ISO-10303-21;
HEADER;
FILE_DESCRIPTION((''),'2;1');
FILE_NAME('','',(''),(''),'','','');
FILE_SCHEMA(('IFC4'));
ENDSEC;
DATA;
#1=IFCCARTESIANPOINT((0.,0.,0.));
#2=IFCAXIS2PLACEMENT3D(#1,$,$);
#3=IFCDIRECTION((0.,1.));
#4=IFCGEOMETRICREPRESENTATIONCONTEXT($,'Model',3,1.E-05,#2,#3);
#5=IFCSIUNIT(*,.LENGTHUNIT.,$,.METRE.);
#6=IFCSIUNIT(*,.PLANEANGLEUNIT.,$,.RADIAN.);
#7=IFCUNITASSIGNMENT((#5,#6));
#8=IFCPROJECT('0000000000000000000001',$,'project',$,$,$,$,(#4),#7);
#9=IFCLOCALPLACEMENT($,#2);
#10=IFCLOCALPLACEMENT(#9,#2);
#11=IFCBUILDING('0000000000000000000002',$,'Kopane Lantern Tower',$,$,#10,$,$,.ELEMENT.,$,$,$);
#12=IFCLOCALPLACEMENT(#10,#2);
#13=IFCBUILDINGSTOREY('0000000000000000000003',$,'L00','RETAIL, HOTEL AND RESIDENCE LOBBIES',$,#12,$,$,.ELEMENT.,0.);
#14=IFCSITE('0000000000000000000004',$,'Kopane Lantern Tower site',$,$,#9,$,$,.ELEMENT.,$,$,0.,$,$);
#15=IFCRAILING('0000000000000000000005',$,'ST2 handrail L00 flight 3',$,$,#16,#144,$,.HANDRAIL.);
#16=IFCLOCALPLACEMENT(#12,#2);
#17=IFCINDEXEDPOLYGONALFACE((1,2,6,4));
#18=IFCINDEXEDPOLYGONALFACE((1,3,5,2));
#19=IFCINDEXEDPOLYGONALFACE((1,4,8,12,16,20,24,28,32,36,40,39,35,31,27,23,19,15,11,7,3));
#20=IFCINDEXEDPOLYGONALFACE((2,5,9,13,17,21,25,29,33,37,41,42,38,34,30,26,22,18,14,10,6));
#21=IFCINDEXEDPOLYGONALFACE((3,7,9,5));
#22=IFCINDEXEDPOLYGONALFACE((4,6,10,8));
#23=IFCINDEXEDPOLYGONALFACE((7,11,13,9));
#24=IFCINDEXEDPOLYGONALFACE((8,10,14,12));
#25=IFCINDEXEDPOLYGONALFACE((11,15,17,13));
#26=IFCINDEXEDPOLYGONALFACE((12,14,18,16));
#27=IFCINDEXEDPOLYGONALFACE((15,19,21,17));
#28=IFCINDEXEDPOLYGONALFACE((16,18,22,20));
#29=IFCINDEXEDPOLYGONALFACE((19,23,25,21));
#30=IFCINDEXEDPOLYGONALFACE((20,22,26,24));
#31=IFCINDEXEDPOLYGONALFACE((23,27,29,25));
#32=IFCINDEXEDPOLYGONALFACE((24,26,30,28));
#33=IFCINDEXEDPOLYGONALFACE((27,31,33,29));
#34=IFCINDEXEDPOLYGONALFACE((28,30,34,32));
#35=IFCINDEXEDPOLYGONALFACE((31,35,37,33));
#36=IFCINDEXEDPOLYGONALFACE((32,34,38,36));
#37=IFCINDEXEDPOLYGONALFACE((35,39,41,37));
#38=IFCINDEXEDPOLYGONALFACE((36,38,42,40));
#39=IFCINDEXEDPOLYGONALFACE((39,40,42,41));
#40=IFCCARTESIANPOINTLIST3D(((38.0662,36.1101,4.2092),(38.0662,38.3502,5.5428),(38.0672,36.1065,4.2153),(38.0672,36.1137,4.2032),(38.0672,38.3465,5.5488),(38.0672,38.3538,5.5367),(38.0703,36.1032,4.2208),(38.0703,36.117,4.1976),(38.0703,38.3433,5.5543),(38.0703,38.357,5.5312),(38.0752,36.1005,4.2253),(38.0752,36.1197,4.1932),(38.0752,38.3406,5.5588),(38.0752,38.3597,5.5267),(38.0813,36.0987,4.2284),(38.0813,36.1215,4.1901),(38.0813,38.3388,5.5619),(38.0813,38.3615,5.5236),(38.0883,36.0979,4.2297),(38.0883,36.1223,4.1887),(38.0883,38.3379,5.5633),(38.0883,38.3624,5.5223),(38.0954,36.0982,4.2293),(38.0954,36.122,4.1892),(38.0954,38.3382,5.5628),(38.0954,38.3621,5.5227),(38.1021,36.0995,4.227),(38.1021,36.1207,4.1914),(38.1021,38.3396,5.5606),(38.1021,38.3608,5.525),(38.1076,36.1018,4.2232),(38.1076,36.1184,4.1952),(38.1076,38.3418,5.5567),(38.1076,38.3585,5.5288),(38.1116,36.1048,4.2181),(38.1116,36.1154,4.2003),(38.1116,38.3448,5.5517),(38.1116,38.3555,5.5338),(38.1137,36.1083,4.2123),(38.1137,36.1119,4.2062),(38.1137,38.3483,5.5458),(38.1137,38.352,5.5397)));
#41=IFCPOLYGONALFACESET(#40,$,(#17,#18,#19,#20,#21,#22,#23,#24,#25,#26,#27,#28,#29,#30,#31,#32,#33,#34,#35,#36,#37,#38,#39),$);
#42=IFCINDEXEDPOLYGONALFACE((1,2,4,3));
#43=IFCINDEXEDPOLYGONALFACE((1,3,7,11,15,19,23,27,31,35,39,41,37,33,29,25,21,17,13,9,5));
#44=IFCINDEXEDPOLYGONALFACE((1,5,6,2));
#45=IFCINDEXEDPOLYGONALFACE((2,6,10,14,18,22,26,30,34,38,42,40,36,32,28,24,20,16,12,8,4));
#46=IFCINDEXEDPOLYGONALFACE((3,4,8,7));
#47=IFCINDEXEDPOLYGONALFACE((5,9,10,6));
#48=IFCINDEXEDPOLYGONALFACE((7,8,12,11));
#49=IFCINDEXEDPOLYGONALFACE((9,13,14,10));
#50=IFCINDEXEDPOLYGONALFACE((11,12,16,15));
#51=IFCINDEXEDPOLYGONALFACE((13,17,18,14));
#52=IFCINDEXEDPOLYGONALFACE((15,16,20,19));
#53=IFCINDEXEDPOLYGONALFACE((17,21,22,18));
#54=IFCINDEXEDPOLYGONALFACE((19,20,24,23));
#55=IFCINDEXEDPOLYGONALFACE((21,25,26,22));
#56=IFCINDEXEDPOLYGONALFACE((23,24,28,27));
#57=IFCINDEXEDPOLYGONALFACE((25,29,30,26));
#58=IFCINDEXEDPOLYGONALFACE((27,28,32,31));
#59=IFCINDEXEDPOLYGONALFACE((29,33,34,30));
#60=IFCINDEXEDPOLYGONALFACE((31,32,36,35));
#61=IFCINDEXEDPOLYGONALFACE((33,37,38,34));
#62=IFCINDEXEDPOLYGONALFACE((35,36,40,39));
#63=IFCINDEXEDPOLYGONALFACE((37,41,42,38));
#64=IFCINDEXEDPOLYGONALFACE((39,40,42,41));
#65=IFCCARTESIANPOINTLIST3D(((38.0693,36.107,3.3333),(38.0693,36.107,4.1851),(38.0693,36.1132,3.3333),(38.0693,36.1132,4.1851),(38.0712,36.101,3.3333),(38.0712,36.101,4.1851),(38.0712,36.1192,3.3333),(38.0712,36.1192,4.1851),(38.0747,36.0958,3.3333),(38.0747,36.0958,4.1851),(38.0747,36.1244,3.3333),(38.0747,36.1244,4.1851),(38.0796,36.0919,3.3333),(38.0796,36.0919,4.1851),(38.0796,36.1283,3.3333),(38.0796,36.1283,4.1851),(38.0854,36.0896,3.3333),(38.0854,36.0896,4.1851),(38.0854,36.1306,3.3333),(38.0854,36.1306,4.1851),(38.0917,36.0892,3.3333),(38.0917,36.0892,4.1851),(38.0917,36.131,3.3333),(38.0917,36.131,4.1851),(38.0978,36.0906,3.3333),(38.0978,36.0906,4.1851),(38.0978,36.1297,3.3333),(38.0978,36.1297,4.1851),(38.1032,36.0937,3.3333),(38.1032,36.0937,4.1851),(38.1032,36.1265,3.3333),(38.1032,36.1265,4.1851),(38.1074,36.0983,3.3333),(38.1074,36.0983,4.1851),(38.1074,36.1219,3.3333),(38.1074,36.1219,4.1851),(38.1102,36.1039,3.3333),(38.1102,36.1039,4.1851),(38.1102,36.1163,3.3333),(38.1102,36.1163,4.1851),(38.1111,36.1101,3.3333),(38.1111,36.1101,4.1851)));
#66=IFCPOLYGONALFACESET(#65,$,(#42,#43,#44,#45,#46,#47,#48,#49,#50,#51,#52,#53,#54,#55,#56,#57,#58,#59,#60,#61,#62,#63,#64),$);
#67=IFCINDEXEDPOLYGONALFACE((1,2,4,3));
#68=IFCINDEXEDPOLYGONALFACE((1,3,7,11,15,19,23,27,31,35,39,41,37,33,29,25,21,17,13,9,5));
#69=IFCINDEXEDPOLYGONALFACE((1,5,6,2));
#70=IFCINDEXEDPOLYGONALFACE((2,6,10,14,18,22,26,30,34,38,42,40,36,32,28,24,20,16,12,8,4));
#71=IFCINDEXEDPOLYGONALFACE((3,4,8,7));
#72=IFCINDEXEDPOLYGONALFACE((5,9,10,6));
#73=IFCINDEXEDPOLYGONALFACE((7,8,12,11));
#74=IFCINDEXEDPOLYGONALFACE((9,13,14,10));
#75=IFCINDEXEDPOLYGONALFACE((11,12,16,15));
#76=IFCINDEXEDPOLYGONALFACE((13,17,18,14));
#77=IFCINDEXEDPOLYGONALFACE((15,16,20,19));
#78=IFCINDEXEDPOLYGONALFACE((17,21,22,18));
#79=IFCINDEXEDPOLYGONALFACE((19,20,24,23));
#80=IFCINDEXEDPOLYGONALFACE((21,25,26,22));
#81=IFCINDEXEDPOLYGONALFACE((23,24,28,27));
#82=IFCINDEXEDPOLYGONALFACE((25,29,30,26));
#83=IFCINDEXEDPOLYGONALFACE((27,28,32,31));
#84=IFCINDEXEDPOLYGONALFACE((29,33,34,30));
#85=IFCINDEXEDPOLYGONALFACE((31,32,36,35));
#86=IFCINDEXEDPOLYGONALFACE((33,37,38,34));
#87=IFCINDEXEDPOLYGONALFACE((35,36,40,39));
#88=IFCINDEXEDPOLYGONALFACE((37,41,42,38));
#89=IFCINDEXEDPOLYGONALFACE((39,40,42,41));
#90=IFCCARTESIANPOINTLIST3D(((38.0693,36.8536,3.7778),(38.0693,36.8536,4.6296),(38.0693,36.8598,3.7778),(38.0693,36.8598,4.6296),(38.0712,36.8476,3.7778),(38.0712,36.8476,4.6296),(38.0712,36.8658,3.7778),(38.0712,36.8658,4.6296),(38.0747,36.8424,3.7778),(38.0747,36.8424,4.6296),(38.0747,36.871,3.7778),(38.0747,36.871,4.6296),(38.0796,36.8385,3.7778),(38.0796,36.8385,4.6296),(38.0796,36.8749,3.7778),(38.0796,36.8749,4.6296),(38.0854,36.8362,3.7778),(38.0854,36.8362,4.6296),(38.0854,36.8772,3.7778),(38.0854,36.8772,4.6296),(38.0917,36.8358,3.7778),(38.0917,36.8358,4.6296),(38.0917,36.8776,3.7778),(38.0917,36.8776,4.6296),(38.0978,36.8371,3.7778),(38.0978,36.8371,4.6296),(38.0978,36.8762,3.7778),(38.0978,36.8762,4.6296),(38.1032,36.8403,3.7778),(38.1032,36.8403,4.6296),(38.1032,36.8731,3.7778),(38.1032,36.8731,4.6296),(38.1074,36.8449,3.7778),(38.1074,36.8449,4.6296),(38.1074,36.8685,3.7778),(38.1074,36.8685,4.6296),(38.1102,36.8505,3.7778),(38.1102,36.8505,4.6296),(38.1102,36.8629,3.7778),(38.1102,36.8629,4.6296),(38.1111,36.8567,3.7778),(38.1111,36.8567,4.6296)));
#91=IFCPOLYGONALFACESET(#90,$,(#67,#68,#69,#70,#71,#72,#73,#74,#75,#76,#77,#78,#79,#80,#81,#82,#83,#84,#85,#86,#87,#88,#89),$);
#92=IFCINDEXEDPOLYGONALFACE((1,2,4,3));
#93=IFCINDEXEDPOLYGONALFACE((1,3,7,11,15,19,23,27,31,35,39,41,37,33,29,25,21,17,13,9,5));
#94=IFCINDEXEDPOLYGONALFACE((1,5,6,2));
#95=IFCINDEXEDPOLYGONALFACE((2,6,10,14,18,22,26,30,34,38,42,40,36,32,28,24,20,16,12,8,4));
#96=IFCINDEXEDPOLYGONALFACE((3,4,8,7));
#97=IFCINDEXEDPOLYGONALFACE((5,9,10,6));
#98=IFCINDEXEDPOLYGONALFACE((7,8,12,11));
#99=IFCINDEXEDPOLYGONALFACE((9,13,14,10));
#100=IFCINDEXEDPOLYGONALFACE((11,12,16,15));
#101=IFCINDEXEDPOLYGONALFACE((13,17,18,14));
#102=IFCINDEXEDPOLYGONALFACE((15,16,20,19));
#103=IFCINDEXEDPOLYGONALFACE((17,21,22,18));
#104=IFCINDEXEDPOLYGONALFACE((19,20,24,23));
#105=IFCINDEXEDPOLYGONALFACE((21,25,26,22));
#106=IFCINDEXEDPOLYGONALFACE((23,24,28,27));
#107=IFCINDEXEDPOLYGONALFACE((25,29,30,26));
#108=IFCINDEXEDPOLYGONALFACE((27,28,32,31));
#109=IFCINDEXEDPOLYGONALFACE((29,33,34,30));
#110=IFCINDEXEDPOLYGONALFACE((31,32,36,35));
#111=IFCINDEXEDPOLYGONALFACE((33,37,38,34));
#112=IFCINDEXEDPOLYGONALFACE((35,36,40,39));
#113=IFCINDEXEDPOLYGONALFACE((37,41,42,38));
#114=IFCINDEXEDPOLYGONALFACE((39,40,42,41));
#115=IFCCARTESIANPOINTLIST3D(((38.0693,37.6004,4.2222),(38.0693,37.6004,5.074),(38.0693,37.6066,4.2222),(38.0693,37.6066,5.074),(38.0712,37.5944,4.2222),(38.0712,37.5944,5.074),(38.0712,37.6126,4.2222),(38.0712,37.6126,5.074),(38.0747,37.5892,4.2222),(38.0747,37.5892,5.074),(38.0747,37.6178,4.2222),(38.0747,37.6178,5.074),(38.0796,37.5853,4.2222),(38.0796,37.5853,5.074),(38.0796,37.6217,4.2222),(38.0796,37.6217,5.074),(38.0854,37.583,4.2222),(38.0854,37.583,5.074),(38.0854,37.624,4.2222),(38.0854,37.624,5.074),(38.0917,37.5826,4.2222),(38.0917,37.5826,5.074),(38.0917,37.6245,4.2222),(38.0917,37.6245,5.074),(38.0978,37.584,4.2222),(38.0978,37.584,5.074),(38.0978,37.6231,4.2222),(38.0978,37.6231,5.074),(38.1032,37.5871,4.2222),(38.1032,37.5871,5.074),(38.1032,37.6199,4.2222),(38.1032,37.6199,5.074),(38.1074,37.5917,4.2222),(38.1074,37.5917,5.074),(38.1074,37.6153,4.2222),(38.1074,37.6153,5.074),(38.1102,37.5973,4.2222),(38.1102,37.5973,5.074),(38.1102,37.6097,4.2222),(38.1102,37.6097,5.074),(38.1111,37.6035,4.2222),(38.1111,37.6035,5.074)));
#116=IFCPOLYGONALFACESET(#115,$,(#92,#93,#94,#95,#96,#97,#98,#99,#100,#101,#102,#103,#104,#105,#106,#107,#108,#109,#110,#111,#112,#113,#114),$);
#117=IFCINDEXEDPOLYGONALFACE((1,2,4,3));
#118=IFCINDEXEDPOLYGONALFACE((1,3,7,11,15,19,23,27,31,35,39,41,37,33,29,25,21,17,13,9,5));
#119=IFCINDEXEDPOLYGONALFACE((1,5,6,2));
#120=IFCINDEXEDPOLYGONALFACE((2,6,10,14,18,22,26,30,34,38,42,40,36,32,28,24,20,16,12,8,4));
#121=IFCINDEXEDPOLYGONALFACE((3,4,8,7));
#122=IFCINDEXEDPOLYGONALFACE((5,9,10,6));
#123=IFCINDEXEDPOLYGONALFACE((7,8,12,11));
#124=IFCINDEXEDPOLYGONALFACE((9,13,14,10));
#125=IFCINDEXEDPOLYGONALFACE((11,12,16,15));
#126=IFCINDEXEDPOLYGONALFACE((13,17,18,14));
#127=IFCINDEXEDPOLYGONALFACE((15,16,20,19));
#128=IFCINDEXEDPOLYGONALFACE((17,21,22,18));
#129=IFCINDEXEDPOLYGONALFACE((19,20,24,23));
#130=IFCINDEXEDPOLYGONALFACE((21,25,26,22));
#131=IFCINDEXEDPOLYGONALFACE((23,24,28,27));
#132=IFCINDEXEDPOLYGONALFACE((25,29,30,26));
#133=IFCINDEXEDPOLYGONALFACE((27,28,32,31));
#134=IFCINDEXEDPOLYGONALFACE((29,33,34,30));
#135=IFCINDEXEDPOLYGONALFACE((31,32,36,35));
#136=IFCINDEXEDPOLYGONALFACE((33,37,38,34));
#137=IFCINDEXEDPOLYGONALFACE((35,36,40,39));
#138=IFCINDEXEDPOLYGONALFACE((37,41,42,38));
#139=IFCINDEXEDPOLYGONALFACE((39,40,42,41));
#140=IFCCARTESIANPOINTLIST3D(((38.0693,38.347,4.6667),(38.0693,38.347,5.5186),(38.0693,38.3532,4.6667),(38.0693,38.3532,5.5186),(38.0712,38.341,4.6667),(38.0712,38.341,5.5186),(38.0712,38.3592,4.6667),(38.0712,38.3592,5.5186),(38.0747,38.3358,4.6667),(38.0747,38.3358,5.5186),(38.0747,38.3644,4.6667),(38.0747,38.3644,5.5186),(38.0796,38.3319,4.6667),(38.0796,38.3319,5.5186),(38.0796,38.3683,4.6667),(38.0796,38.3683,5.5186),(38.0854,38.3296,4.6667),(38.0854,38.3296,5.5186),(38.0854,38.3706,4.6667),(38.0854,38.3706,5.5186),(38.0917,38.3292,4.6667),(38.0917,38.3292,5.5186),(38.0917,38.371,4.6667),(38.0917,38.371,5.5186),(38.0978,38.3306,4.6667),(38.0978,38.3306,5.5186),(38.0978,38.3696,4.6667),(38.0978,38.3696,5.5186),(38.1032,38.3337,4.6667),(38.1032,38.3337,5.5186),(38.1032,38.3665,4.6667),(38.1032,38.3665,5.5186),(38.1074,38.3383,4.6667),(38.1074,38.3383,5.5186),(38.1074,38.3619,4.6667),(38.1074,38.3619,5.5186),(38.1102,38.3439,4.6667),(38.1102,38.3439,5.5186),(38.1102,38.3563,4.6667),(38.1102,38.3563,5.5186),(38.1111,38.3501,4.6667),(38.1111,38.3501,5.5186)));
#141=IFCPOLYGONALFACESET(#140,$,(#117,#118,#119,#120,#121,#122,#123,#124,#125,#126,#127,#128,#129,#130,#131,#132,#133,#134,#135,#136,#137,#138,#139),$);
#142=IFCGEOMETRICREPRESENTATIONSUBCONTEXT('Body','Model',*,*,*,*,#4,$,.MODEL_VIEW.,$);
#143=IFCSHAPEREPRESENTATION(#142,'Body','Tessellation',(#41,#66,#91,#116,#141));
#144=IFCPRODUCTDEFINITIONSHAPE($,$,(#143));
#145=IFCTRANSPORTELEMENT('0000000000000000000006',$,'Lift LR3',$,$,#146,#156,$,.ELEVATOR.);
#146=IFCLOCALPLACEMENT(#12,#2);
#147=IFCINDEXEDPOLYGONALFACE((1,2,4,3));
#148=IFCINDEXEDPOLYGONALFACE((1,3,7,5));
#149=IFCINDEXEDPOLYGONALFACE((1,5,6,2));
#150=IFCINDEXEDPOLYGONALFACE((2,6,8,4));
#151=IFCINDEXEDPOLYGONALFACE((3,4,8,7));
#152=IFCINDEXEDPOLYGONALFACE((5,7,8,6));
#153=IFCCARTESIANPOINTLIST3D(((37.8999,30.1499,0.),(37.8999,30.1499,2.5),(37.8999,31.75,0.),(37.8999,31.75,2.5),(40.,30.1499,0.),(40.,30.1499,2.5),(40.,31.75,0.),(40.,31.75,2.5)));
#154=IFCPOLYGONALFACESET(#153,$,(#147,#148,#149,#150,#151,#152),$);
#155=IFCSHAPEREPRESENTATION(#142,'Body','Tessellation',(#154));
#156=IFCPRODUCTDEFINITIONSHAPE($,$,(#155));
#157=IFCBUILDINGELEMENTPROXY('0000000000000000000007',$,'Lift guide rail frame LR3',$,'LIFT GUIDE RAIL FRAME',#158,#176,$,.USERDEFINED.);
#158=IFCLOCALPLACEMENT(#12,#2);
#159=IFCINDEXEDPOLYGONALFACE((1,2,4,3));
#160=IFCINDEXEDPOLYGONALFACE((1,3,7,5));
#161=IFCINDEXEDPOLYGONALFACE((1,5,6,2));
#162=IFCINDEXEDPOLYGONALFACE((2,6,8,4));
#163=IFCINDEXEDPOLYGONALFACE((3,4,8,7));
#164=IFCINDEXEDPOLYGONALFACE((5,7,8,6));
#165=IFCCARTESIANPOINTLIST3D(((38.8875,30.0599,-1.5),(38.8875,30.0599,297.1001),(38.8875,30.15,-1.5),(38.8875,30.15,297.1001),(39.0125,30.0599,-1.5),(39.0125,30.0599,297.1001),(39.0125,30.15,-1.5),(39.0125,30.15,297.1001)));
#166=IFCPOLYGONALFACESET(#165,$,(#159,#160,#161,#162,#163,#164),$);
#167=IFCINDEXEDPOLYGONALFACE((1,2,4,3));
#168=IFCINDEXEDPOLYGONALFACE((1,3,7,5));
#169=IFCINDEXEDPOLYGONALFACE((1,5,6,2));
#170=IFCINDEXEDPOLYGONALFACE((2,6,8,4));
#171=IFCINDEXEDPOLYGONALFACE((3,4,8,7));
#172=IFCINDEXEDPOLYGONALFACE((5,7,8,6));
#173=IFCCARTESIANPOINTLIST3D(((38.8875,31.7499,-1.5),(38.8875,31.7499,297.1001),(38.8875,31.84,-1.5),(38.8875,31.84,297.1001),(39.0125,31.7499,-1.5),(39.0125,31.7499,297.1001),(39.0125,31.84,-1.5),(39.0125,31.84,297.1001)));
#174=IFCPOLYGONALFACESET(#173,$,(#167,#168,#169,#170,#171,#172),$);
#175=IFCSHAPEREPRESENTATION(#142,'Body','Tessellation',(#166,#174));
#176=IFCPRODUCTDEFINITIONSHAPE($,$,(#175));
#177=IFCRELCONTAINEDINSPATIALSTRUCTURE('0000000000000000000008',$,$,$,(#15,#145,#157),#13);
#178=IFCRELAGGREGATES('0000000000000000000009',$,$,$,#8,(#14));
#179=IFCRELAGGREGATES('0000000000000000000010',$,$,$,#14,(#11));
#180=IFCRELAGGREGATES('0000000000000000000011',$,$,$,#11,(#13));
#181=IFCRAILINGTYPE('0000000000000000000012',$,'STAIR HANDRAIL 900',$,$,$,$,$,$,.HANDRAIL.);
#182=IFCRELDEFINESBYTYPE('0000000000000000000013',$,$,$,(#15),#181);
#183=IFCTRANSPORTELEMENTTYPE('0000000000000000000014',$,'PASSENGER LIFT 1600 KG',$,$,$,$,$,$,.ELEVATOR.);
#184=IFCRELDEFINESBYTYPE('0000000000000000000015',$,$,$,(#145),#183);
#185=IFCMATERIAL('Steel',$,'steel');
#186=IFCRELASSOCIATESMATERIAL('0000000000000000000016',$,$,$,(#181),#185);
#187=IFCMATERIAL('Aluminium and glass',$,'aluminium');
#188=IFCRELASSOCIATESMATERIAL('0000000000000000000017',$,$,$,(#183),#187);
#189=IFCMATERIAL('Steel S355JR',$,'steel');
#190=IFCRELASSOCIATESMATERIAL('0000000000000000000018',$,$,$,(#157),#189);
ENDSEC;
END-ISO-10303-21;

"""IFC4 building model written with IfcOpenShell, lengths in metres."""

from ifc_helpers import new_model, si_unit, direction, frame, origin, origin_2d, place, context, subcontext, project, spatial, rectangle, circle, extrude, material, type_object, element, save


model = new_model("IFC4")

# Units and contexts
model_context = context("Model", 3, precision=1e-05, world=origin(), true_north=direction((0.0, 1.0)))
body_context = subcontext(model_context, "Body", "Model", "MODEL_VIEW")
ifc_project = project(units=[si_unit("LENGTHUNIT", "METRE"), si_unit("PLANEANGLEUNIT", "RADIAN")], contexts=[model_context])

# Site, building, storey
site_placement = place(None, origin())
site = spatial("IfcSite", under=ifc_project, at=site_placement, Name="Kopane Lantern Tower site", CompositionType="ELEMENT", RefElevation=0.0)
building_placement = place(site_placement, origin())
building = spatial("IfcBuilding", under=site, at=building_placement, Name="Kopane Lantern Tower", CompositionType="ELEMENT")
storey_placement = place(building_placement, origin())
storey = spatial("IfcBuildingStorey", under=building, at=storey_placement, Name="L00", Description="RETAIL, HOTEL AND RESIDENCE LOBBIES", CompositionType="ELEMENT", Elevation=0.0)

# Railing
ifc_material_1 = material(Name="Steel", Category="steel")
railing_type_1 = type_object("IfcRailingType", Name="STAIR HANDRAIL 900", PredefinedType="HANDRAIL", material=ifc_material_1)
for number, where, name in (
    (1, (38.0901, 36.1101, 3.3333), "ST2 handrail L00 flight 3"),
):
    element("IfcRailing", number, at=place(storey_placement, frame(where)), inside=storey, type_object=railing_type_1, Name=name, PredefinedType="HANDRAIL", context=body_context, shape_type="SweptSolid", body=[
        extrude(circle(Radius=0.0239, at=origin_2d()), frame((0.0, 0.0, 0.876), z_axis=(0.0, 0.859264, 0.511532), x_axis=(-1.0, 0.0, 0.0)), (0.0, 0.0, 1.0), 2.6069),
        extrude(circle(Radius=0.021, at=origin_2d()), origin(), (0.0, 0.0, 1.0), 0.8518),
        extrude(circle(Radius=0.021, at=origin_2d()), frame((0.0, 0.7466, 0.4446)), (0.0, 0.0, 1.0), 0.8518),
        extrude(circle(Radius=0.021, at=origin_2d()), frame((0.0, 1.4934, 0.8889)), (0.0, 0.0, 1.0), 0.8518),
        extrude(circle(Radius=0.021, at=origin_2d()), frame((0.0, 2.24, 1.3335)), (0.0, 0.0, 1.0), 0.8518),
    ])

# Transport element
ifc_material_2 = material(Name="Aluminium and glass", Category="aluminium")
transport_element_type = type_object("IfcTransportElementType", Name="PASSENGER LIFT 1600 KG", PredefinedType="ELEVATOR", material=ifc_material_2)
transport_element_placement = place(storey_placement, frame((38.95, 30.95, 0.0), z_axis=(0.0, 0.0, 1.0), x_axis=(1.0, 0.0, 0.0)))
element("IfcTransportElement", 2, at=transport_element_placement, inside=storey, type_object=transport_element_type, Name="Lift LR3", PredefinedType="ELEVATOR", context=body_context, shape_type="SweptSolid", body=[
    extrude(rectangle(XDim=2.1001, YDim=1.6001, at=origin_2d()), origin(), (0.0, 0.0, 1.0), 2.5),
])

# Building element proxy
ifc_material_3 = material(Name="Steel S355JR", Category="steel")
proxy_placement = place(storey_placement, frame((38.95, 30.95, -1.5), z_axis=(0.0, 0.0, 1.0), x_axis=(1.0, 0.0, 0.0)))
element("IfcBuildingElementProxy", 3, at=proxy_placement, inside=storey, material=ifc_material_3, Name="Lift guide rail frame LR3", ObjectType="LIFT GUIDE RAIL FRAME", PredefinedType="USERDEFINED", context=body_context, shape_type="SweptSolid", body=[
    extrude(rectangle(XDim=0.125, YDim=0.0901, at=origin_2d()), frame((0.0, -0.845, 0.0)), (0.0, 0.0, 1.0), 298.6001),
    extrude(rectangle(XDim=0.125, YDim=0.0901, at=origin_2d()), frame((0.0, 0.845, 0.0)), (0.0, 0.0, 1.0), 298.6001),
])

save(model, "model.ifc")
